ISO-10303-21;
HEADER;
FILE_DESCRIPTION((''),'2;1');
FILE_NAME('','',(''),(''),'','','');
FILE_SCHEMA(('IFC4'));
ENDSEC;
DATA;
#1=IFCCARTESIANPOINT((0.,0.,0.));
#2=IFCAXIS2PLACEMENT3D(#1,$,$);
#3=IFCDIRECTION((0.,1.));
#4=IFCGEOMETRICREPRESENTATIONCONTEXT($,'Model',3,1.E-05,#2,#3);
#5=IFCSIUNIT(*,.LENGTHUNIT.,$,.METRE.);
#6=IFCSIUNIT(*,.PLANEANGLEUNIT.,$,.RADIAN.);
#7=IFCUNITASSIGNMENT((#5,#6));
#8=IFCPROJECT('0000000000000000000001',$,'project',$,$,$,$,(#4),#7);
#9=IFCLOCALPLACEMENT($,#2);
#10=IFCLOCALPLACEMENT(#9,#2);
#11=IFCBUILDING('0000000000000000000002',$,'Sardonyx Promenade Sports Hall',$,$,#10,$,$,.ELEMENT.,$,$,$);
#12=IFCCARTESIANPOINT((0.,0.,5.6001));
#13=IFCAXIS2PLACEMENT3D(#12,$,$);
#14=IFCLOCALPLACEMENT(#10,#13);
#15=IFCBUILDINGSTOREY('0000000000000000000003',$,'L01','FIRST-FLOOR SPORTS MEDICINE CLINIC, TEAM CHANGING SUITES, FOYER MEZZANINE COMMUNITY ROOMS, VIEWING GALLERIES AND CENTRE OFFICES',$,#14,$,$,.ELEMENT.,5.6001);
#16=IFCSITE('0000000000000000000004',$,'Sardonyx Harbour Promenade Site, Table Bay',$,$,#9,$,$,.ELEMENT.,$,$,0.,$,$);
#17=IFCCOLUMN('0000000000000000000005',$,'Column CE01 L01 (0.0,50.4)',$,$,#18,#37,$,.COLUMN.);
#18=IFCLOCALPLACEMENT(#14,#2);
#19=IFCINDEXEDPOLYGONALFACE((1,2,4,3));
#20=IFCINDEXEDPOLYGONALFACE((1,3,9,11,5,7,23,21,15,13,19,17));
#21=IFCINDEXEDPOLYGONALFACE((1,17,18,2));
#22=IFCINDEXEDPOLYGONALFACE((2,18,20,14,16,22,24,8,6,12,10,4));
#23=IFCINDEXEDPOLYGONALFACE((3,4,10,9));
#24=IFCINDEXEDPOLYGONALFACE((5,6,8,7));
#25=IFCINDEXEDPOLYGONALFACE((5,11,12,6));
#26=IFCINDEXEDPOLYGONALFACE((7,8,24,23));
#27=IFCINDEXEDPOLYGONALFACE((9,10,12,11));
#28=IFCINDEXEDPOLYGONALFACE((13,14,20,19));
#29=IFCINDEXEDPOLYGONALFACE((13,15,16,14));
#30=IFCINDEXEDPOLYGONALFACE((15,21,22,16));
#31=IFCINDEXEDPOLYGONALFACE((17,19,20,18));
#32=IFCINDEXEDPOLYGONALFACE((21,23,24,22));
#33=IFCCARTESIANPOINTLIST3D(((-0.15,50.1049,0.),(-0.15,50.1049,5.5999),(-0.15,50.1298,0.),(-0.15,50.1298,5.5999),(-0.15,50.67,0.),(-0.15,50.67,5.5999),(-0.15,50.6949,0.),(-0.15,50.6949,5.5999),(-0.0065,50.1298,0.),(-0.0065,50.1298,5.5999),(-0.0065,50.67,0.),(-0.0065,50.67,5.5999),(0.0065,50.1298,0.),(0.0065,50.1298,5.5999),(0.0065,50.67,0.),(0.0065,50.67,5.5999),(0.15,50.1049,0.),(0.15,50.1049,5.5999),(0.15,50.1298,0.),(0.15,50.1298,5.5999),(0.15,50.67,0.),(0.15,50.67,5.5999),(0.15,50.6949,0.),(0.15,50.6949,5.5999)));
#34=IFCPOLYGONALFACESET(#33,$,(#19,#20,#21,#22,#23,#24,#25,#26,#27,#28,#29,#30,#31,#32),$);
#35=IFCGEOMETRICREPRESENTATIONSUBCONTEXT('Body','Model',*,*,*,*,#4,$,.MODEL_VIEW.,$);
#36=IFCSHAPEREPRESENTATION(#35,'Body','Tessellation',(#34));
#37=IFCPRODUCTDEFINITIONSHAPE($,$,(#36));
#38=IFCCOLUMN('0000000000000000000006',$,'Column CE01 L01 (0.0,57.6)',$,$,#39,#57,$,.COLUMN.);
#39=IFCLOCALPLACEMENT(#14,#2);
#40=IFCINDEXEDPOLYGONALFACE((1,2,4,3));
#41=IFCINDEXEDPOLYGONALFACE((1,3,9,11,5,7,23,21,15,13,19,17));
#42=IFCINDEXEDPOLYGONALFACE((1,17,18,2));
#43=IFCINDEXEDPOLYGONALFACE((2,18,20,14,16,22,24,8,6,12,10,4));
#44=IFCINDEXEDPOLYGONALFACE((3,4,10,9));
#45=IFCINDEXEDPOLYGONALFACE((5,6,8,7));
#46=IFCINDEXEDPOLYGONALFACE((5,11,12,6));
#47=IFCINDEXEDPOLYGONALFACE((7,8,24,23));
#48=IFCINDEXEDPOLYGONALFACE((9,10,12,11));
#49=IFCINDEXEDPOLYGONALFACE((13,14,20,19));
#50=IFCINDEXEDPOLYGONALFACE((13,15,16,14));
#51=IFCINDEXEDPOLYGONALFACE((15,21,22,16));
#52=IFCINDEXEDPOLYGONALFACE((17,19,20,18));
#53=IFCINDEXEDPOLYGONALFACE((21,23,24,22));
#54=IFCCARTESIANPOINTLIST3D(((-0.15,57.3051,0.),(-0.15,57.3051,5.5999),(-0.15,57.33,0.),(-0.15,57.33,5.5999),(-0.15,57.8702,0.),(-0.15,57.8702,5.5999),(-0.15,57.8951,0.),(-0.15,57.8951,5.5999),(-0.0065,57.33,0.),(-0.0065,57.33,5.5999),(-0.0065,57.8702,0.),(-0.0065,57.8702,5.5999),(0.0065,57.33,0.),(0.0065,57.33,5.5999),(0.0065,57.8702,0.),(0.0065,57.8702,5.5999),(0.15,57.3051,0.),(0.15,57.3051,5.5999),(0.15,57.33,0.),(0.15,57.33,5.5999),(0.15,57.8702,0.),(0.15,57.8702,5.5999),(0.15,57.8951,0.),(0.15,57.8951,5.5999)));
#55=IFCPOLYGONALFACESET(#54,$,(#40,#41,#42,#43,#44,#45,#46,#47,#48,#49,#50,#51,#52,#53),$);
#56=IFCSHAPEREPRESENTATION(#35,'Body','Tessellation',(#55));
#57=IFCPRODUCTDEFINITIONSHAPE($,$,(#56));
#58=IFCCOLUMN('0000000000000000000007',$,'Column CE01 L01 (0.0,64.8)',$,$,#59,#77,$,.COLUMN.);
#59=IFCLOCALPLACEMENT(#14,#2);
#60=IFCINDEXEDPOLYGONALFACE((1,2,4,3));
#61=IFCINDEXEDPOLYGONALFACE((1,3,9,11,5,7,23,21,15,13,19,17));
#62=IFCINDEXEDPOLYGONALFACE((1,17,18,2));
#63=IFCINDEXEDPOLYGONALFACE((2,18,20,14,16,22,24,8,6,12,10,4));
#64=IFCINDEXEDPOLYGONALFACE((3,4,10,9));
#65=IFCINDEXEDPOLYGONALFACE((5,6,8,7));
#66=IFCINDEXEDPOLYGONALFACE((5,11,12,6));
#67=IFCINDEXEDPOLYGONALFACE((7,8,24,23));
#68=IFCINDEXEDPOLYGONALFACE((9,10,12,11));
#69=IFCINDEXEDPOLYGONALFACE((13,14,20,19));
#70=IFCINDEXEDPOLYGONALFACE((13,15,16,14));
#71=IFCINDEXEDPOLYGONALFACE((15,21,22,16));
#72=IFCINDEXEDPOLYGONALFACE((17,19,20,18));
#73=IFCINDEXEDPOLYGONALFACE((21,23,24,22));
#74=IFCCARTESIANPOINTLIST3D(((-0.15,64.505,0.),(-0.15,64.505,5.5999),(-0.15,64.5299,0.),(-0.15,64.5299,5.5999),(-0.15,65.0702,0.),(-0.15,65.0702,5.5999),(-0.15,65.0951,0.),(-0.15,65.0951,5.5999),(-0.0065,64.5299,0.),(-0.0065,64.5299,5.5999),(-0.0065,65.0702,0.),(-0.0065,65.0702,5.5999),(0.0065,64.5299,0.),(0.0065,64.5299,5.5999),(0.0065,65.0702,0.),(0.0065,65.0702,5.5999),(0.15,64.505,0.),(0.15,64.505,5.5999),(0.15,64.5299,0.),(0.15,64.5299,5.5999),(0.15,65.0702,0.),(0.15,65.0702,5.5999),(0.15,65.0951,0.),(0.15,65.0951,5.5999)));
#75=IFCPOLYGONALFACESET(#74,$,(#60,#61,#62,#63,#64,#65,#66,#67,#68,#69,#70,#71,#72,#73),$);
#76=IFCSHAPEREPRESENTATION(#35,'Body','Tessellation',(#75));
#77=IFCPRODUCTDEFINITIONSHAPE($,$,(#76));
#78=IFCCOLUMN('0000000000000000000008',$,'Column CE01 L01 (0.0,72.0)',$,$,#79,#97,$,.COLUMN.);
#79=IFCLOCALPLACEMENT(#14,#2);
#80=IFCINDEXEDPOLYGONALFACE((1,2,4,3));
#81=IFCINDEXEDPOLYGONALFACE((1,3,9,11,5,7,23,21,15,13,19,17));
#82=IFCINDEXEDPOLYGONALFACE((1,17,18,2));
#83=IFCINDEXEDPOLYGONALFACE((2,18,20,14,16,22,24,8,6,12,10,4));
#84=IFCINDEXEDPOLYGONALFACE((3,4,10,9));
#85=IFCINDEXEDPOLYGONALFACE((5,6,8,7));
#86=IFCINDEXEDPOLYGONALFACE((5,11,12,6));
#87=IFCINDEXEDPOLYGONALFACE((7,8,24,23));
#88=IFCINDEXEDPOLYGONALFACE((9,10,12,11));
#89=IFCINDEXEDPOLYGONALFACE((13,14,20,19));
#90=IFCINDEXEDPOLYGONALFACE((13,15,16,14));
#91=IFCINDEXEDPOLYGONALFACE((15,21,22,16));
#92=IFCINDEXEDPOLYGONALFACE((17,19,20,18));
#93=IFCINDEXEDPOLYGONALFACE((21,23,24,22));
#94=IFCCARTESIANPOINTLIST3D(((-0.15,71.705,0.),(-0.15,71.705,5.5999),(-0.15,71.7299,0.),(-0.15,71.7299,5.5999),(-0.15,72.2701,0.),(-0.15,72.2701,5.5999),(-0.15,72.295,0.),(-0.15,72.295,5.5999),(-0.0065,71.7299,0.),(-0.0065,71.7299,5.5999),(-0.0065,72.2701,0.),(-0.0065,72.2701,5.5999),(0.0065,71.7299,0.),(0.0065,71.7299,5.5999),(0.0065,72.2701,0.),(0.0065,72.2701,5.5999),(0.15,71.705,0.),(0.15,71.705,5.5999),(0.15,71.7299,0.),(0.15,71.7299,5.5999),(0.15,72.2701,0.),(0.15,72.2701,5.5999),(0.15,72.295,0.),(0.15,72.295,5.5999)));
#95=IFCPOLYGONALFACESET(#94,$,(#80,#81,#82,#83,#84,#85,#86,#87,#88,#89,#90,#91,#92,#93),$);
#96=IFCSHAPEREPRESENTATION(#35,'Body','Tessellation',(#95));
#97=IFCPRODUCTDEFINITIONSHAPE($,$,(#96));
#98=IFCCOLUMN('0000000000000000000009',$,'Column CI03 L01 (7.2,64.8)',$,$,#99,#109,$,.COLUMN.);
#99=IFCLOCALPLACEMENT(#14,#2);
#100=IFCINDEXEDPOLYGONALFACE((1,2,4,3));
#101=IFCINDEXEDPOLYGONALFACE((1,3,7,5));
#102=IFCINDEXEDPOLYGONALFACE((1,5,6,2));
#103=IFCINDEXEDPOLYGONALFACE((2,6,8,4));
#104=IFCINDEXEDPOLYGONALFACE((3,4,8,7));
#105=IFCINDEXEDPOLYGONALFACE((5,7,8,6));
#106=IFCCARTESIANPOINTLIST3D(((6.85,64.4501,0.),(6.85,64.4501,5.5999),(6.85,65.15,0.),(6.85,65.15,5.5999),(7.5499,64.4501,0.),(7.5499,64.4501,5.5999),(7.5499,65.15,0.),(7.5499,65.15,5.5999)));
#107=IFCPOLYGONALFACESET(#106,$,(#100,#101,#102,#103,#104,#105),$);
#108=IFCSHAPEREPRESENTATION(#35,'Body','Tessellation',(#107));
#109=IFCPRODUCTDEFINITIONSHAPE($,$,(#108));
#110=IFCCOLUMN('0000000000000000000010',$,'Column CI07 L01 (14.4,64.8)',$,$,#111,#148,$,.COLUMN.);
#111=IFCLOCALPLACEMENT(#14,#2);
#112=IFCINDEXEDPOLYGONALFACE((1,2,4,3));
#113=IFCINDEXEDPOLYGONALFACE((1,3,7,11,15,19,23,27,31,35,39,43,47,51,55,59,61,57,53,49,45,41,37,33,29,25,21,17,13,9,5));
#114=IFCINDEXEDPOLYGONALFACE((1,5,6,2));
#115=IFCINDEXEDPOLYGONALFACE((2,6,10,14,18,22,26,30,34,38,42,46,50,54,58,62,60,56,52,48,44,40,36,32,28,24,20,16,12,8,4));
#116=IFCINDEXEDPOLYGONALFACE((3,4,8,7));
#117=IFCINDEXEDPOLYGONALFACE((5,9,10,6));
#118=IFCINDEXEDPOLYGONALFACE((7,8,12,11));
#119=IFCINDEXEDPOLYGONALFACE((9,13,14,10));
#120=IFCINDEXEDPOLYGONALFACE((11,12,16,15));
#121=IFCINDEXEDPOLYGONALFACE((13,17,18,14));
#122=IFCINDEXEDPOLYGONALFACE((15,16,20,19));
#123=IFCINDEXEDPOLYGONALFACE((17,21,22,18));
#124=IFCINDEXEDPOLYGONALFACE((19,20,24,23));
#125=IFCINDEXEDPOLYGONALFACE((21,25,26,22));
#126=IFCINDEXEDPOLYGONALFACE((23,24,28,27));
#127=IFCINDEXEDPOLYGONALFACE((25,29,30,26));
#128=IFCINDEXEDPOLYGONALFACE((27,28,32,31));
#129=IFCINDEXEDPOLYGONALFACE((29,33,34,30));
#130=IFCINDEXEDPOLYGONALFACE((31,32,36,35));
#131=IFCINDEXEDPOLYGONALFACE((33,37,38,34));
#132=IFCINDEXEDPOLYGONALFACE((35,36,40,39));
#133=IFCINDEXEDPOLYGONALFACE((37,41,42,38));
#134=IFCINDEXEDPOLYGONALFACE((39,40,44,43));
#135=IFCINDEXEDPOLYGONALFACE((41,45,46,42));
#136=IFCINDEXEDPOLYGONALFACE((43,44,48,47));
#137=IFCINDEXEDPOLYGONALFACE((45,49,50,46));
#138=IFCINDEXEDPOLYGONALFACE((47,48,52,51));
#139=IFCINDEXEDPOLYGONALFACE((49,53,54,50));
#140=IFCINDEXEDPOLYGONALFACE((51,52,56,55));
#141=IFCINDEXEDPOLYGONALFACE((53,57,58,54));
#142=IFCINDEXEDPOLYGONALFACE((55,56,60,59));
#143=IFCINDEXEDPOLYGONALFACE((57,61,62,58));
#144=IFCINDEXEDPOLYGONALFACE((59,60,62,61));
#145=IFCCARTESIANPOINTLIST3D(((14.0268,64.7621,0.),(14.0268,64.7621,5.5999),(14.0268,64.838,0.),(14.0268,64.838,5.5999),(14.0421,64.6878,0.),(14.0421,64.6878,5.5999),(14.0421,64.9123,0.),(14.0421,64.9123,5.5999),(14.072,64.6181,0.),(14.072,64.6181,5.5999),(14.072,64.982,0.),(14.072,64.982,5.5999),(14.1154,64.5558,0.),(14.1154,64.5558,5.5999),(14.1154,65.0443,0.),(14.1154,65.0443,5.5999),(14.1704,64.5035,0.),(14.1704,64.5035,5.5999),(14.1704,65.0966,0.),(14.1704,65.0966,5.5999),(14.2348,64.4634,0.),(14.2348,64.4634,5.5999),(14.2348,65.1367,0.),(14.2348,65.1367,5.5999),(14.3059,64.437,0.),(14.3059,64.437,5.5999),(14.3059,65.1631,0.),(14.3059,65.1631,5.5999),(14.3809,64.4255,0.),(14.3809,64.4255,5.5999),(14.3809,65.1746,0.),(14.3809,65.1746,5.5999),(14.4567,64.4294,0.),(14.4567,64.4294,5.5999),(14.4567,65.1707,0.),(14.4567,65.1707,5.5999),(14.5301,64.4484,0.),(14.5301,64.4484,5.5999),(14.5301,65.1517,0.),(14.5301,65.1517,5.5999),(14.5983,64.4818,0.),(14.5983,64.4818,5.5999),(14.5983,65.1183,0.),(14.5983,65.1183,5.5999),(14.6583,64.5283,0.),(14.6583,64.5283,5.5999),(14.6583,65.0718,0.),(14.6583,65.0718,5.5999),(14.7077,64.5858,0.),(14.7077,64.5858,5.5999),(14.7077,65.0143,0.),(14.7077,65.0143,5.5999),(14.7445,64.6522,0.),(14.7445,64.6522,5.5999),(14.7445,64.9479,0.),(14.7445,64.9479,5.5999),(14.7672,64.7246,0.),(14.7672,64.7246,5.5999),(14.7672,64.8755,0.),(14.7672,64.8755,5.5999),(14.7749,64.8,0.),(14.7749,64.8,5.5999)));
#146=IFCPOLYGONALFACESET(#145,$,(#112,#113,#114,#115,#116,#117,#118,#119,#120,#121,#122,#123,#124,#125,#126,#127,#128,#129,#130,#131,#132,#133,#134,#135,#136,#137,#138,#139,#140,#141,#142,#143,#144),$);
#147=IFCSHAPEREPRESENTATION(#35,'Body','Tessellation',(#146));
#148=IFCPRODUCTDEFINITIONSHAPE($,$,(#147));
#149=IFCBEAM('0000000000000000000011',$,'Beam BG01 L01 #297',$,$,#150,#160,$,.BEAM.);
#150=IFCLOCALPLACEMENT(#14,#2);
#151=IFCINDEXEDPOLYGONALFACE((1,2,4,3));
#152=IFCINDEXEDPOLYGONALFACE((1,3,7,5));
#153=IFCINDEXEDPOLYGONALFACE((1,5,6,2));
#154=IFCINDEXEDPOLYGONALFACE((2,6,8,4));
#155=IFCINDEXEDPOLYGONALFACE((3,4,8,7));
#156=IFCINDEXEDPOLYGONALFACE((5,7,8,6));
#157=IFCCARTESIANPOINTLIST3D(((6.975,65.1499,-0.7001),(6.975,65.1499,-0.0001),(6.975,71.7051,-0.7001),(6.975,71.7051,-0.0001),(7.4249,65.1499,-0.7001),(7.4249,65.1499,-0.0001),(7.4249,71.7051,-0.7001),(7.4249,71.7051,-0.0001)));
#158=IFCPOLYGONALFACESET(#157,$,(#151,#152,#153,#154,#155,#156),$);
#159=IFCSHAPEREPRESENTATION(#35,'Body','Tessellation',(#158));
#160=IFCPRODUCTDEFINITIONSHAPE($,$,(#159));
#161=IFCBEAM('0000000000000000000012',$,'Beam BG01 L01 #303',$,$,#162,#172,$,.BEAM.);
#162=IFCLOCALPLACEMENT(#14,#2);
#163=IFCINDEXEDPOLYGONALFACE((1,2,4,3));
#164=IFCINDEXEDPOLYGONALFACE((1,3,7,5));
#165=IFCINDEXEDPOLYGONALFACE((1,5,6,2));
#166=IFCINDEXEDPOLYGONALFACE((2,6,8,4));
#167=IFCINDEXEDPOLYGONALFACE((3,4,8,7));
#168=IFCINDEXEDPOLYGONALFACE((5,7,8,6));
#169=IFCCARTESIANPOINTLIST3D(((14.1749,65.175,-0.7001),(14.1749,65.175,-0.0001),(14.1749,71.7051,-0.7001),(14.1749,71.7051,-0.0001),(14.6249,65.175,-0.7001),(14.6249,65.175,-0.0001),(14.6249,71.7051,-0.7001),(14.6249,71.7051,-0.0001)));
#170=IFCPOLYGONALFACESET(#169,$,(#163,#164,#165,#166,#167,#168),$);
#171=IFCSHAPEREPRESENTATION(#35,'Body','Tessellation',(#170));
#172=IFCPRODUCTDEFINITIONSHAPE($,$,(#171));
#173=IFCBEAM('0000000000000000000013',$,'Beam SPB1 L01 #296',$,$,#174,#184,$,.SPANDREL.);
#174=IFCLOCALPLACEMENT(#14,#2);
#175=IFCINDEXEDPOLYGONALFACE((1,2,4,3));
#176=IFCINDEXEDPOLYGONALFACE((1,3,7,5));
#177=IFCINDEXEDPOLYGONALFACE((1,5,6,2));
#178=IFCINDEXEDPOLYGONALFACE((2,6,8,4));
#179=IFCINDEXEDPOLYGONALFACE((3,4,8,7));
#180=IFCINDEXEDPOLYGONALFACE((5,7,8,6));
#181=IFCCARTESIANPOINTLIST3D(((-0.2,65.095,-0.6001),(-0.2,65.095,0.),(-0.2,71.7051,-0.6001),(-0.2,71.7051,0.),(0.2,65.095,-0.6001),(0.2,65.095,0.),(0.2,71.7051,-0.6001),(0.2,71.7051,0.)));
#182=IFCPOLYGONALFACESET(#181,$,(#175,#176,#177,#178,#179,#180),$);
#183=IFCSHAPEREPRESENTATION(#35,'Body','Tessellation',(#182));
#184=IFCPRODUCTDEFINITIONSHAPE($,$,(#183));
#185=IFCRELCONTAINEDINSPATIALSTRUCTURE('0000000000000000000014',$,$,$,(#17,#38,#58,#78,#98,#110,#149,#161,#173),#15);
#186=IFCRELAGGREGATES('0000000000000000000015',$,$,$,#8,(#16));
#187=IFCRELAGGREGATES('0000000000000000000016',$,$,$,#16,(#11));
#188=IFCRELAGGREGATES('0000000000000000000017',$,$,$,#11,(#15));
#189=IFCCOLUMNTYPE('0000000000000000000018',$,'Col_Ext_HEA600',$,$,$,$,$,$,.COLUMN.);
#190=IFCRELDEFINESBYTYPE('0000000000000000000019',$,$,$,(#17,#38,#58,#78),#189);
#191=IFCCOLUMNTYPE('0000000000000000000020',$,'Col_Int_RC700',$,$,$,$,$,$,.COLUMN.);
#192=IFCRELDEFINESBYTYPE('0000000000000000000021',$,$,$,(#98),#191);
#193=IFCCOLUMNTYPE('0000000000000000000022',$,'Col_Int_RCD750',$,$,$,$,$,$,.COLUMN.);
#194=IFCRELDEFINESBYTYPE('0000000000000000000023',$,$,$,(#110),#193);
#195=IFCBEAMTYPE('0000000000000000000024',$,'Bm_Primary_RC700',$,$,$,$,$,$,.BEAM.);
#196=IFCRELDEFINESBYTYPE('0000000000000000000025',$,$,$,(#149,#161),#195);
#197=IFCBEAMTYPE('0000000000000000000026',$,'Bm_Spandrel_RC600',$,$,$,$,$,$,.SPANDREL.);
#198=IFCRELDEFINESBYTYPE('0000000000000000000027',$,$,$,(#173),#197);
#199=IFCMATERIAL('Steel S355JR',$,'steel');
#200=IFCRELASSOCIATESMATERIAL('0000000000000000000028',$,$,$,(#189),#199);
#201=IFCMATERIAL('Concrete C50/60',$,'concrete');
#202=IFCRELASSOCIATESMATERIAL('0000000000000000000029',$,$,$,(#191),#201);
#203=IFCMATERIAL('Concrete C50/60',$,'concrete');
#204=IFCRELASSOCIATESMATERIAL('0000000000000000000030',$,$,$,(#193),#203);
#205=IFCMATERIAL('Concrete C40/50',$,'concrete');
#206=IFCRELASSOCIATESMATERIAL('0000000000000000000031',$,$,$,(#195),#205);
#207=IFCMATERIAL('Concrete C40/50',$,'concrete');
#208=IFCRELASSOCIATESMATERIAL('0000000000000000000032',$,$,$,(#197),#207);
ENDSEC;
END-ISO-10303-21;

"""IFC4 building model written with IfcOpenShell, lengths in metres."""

from ifc_helpers import new_model, si_unit, direction, frame, origin, origin_2d, place, context, subcontext, project, spatial, rectangle, circle, i_section, extrude, material, material_profile, profile_set, type_object, element, save


model = new_model("IFC4")

# Units and contexts
model_context = context("Model", 3, precision=1e-05, world=origin(), true_north=direction((0.0, 1.0)))
body_context = subcontext(model_context, "Body", "Model", "MODEL_VIEW")
ifc_project = project(units=[si_unit("LENGTHUNIT", "METRE"), si_unit("PLANEANGLEUNIT", "RADIAN")], contexts=[model_context])

# Site, building, storey
site_placement = place(None, origin())
site = spatial("IfcSite", under=ifc_project, at=site_placement, Name="Sardonyx Harbour Promenade Site, Table Bay", CompositionType="ELEMENT", RefElevation=0.0)
building_placement = place(site_placement, origin())
building = spatial("IfcBuilding", under=site, at=building_placement, Name="Sardonyx Promenade Sports Hall", CompositionType="ELEMENT")
storey_placement = place(building_placement, frame((0.0, 0.0, 5.6001)))
storey = spatial("IfcBuildingStorey", under=building, at=storey_placement, Name="L01", Description="FIRST-FLOOR SPORTS MEDICINE CLINIC, TEAM CHANGING SUITES, FOYER MEZZANINE COMMUNITY ROOMS, VIEWING GALLERIES AND CENTRE OFFICES", CompositionType="ELEMENT", Elevation=5.6001)

# Columns
ifc_material_1 = material(Name="Steel S355JR", Category="steel")
ifc_material_profile_1 = material_profile(ifc_material_1, i_section(OverallWidth=0.3, OverallDepth=0.5901, WebThickness=0.0129, FlangeThickness=0.0249, at=origin_2d()))
ifc_profile_set_1 = profile_set([ifc_material_profile_1], Name="Steel S355JR")
column_type_1 = type_object("IfcColumnType", Name="Col_Ext_HEA600", PredefinedType="COLUMN", material=ifc_profile_set_1)
for number, where, z_axis, x_axis, name in (
    (1, (0.0, 50.3999, 0.0), (0.0, 0.0, 1.0), (1.0, 0.0, 0.0), "Column CE01 L01 (0.0,50.4)"),
    (2, (0.0, 57.6001, 0.0), (0.0, 0.0, 1.0), (1.0, 0.0, 0.0), "Column CE01 L01 (0.0,57.6)"),
    (3, (0.0, 64.8, 0.0), (0.0, 0.0, 1.0), (1.0, 0.0, 0.0), "Column CE01 L01 (0.0,64.8)"),
    (4, (0.0, 72.0, 0.0), (0.0, 0.0, 1.0), (1.0, 0.0, 0.0), "Column CE01 L01 (0.0,72.0)"),
):
    element("IfcColumn", number, at=place(storey_placement, frame(where, z_axis=z_axis, x_axis=x_axis)), inside=storey, type_object=column_type_1, Name=name, PredefinedType="COLUMN", context=body_context, shape_type="SweptSolid", body=[
        extrude(i_section(OverallWidth=0.3, OverallDepth=0.5901, WebThickness=0.0129, FlangeThickness=0.0249, at=origin_2d()), origin(), (0.0, 0.0, 1.0), 5.5999),
    ])
ifc_material_2 = material(Name="Concrete C50/60", Category="concrete")
ifc_material_profile_2 = material_profile(ifc_material_2, rectangle(XDim=0.7, YDim=0.7, at=origin_2d()))
ifc_profile_set_2 = profile_set([ifc_material_profile_2], Name="Concrete C50/60")
column_type_2 = type_object("IfcColumnType", Name="Col_Int_RC700", PredefinedType="COLUMN", material=ifc_profile_set_2)
column_1_placement = place(storey_placement, frame((7.2, 64.8, 0.0), z_axis=(0.0, 0.0, 1.0), x_axis=(1.0, 0.0, 0.0)))
element("IfcColumn", 5, at=column_1_placement, inside=storey, type_object=column_type_2, Name="Column CI03 L01 (7.2,64.8)", PredefinedType="COLUMN", context=body_context, shape_type="SweptSolid", body=[
    extrude(rectangle(XDim=0.7, YDim=0.7, at=origin_2d()), origin(), (0.0, 0.0, 1.0), 5.5999),
])
ifc_material_3 = material(Name="Concrete C50/60", Category="concrete")
ifc_material_profile_3 = material_profile(ifc_material_3, circle(Radius=0.375, at=origin_2d()))
ifc_profile_set_3 = profile_set([ifc_material_profile_3], Name="Concrete C50/60")
column_type_3 = type_object("IfcColumnType", Name="Col_Int_RCD750", PredefinedType="COLUMN", material=ifc_profile_set_3)
column_2_placement = place(storey_placement, frame((14.3999, 64.8, 0.0), z_axis=(0.0, 0.0, 1.0), x_axis=(1.0, 0.0, 0.0)))
element("IfcColumn", 6, at=column_2_placement, inside=storey, type_object=column_type_3, Name="Column CI07 L01 (14.4,64.8)", PredefinedType="COLUMN", context=body_context, shape_type="SweptSolid", body=[
    extrude(circle(Radius=0.375, at=origin_2d()), origin(), (0.0, 0.0, 1.0), 5.5999),
])

# Beams
ifc_material_4 = material(Name="Concrete C40/50", Category="concrete")
ifc_material_profile_4 = material_profile(ifc_material_4, rectangle(XDim=0.45, YDim=0.7, at=origin_2d()))
ifc_profile_set_4 = profile_set([ifc_material_profile_4], Name="Concrete C40/50")
beam_type_1 = type_object("IfcBeamType", Name="Bm_Primary_RC700", PredefinedType="BEAM", material=ifc_profile_set_4)
beam_1_placement = place(storey_placement, frame((7.2, 65.1499, -0.3501), z_axis=(0.0, 1.0, 0.0), x_axis=(-1.0, 0.0, 0.0)))
element("IfcBeam", 7, at=beam_1_placement, inside=storey, type_object=beam_type_1, Name="Beam BG01 L01 #297", PredefinedType="BEAM", context=body_context, shape_type="SweptSolid", body=[
    extrude(rectangle(XDim=0.45, YDim=0.7, at=origin_2d()), origin(), (0.0, 0.0, 1.0), 6.5552),
])
beam_2_placement = place(storey_placement, frame((14.3999, 65.175, -0.3501), z_axis=(0.0, 1.0, 0.0), x_axis=(-1.0, 0.0, 0.0)))
element("IfcBeam", 8, at=beam_2_placement, inside=storey, type_object=beam_type_1, Name="Beam BG01 L01 #303", PredefinedType="BEAM", context=body_context, shape_type="SweptSolid", body=[
    extrude(rectangle(XDim=0.45, YDim=0.7, at=origin_2d()), origin(), (0.0, 0.0, 1.0), 6.53),
])
ifc_material_5 = material(Name="Concrete C40/50", Category="concrete")
ifc_material_profile_5 = material_profile(ifc_material_5, rectangle(XDim=0.3999, YDim=0.6001, at=origin_2d()))
ifc_profile_set_5 = profile_set([ifc_material_profile_5], Name="Concrete C40/50")
beam_type_2 = type_object("IfcBeamType", Name="Bm_Spandrel_RC600", PredefinedType="SPANDREL", material=ifc_profile_set_5)
beam_3_placement = place(storey_placement, frame((0.0, 65.095, -0.3), z_axis=(0.0, 1.0, 0.0), x_axis=(-1.0, 0.0, 0.0)))
element("IfcBeam", 9, at=beam_3_placement, inside=storey, type_object=beam_type_2, Name="Beam SPB1 L01 #296", PredefinedType="SPANDREL", context=body_context, shape_type="SweptSolid", body=[
    extrude(rectangle(XDim=0.3999, YDim=0.6001, at=origin_2d()), origin(), (0.0, 0.0, 1.0), 6.6101),
])

save(model, "model.ifc")
